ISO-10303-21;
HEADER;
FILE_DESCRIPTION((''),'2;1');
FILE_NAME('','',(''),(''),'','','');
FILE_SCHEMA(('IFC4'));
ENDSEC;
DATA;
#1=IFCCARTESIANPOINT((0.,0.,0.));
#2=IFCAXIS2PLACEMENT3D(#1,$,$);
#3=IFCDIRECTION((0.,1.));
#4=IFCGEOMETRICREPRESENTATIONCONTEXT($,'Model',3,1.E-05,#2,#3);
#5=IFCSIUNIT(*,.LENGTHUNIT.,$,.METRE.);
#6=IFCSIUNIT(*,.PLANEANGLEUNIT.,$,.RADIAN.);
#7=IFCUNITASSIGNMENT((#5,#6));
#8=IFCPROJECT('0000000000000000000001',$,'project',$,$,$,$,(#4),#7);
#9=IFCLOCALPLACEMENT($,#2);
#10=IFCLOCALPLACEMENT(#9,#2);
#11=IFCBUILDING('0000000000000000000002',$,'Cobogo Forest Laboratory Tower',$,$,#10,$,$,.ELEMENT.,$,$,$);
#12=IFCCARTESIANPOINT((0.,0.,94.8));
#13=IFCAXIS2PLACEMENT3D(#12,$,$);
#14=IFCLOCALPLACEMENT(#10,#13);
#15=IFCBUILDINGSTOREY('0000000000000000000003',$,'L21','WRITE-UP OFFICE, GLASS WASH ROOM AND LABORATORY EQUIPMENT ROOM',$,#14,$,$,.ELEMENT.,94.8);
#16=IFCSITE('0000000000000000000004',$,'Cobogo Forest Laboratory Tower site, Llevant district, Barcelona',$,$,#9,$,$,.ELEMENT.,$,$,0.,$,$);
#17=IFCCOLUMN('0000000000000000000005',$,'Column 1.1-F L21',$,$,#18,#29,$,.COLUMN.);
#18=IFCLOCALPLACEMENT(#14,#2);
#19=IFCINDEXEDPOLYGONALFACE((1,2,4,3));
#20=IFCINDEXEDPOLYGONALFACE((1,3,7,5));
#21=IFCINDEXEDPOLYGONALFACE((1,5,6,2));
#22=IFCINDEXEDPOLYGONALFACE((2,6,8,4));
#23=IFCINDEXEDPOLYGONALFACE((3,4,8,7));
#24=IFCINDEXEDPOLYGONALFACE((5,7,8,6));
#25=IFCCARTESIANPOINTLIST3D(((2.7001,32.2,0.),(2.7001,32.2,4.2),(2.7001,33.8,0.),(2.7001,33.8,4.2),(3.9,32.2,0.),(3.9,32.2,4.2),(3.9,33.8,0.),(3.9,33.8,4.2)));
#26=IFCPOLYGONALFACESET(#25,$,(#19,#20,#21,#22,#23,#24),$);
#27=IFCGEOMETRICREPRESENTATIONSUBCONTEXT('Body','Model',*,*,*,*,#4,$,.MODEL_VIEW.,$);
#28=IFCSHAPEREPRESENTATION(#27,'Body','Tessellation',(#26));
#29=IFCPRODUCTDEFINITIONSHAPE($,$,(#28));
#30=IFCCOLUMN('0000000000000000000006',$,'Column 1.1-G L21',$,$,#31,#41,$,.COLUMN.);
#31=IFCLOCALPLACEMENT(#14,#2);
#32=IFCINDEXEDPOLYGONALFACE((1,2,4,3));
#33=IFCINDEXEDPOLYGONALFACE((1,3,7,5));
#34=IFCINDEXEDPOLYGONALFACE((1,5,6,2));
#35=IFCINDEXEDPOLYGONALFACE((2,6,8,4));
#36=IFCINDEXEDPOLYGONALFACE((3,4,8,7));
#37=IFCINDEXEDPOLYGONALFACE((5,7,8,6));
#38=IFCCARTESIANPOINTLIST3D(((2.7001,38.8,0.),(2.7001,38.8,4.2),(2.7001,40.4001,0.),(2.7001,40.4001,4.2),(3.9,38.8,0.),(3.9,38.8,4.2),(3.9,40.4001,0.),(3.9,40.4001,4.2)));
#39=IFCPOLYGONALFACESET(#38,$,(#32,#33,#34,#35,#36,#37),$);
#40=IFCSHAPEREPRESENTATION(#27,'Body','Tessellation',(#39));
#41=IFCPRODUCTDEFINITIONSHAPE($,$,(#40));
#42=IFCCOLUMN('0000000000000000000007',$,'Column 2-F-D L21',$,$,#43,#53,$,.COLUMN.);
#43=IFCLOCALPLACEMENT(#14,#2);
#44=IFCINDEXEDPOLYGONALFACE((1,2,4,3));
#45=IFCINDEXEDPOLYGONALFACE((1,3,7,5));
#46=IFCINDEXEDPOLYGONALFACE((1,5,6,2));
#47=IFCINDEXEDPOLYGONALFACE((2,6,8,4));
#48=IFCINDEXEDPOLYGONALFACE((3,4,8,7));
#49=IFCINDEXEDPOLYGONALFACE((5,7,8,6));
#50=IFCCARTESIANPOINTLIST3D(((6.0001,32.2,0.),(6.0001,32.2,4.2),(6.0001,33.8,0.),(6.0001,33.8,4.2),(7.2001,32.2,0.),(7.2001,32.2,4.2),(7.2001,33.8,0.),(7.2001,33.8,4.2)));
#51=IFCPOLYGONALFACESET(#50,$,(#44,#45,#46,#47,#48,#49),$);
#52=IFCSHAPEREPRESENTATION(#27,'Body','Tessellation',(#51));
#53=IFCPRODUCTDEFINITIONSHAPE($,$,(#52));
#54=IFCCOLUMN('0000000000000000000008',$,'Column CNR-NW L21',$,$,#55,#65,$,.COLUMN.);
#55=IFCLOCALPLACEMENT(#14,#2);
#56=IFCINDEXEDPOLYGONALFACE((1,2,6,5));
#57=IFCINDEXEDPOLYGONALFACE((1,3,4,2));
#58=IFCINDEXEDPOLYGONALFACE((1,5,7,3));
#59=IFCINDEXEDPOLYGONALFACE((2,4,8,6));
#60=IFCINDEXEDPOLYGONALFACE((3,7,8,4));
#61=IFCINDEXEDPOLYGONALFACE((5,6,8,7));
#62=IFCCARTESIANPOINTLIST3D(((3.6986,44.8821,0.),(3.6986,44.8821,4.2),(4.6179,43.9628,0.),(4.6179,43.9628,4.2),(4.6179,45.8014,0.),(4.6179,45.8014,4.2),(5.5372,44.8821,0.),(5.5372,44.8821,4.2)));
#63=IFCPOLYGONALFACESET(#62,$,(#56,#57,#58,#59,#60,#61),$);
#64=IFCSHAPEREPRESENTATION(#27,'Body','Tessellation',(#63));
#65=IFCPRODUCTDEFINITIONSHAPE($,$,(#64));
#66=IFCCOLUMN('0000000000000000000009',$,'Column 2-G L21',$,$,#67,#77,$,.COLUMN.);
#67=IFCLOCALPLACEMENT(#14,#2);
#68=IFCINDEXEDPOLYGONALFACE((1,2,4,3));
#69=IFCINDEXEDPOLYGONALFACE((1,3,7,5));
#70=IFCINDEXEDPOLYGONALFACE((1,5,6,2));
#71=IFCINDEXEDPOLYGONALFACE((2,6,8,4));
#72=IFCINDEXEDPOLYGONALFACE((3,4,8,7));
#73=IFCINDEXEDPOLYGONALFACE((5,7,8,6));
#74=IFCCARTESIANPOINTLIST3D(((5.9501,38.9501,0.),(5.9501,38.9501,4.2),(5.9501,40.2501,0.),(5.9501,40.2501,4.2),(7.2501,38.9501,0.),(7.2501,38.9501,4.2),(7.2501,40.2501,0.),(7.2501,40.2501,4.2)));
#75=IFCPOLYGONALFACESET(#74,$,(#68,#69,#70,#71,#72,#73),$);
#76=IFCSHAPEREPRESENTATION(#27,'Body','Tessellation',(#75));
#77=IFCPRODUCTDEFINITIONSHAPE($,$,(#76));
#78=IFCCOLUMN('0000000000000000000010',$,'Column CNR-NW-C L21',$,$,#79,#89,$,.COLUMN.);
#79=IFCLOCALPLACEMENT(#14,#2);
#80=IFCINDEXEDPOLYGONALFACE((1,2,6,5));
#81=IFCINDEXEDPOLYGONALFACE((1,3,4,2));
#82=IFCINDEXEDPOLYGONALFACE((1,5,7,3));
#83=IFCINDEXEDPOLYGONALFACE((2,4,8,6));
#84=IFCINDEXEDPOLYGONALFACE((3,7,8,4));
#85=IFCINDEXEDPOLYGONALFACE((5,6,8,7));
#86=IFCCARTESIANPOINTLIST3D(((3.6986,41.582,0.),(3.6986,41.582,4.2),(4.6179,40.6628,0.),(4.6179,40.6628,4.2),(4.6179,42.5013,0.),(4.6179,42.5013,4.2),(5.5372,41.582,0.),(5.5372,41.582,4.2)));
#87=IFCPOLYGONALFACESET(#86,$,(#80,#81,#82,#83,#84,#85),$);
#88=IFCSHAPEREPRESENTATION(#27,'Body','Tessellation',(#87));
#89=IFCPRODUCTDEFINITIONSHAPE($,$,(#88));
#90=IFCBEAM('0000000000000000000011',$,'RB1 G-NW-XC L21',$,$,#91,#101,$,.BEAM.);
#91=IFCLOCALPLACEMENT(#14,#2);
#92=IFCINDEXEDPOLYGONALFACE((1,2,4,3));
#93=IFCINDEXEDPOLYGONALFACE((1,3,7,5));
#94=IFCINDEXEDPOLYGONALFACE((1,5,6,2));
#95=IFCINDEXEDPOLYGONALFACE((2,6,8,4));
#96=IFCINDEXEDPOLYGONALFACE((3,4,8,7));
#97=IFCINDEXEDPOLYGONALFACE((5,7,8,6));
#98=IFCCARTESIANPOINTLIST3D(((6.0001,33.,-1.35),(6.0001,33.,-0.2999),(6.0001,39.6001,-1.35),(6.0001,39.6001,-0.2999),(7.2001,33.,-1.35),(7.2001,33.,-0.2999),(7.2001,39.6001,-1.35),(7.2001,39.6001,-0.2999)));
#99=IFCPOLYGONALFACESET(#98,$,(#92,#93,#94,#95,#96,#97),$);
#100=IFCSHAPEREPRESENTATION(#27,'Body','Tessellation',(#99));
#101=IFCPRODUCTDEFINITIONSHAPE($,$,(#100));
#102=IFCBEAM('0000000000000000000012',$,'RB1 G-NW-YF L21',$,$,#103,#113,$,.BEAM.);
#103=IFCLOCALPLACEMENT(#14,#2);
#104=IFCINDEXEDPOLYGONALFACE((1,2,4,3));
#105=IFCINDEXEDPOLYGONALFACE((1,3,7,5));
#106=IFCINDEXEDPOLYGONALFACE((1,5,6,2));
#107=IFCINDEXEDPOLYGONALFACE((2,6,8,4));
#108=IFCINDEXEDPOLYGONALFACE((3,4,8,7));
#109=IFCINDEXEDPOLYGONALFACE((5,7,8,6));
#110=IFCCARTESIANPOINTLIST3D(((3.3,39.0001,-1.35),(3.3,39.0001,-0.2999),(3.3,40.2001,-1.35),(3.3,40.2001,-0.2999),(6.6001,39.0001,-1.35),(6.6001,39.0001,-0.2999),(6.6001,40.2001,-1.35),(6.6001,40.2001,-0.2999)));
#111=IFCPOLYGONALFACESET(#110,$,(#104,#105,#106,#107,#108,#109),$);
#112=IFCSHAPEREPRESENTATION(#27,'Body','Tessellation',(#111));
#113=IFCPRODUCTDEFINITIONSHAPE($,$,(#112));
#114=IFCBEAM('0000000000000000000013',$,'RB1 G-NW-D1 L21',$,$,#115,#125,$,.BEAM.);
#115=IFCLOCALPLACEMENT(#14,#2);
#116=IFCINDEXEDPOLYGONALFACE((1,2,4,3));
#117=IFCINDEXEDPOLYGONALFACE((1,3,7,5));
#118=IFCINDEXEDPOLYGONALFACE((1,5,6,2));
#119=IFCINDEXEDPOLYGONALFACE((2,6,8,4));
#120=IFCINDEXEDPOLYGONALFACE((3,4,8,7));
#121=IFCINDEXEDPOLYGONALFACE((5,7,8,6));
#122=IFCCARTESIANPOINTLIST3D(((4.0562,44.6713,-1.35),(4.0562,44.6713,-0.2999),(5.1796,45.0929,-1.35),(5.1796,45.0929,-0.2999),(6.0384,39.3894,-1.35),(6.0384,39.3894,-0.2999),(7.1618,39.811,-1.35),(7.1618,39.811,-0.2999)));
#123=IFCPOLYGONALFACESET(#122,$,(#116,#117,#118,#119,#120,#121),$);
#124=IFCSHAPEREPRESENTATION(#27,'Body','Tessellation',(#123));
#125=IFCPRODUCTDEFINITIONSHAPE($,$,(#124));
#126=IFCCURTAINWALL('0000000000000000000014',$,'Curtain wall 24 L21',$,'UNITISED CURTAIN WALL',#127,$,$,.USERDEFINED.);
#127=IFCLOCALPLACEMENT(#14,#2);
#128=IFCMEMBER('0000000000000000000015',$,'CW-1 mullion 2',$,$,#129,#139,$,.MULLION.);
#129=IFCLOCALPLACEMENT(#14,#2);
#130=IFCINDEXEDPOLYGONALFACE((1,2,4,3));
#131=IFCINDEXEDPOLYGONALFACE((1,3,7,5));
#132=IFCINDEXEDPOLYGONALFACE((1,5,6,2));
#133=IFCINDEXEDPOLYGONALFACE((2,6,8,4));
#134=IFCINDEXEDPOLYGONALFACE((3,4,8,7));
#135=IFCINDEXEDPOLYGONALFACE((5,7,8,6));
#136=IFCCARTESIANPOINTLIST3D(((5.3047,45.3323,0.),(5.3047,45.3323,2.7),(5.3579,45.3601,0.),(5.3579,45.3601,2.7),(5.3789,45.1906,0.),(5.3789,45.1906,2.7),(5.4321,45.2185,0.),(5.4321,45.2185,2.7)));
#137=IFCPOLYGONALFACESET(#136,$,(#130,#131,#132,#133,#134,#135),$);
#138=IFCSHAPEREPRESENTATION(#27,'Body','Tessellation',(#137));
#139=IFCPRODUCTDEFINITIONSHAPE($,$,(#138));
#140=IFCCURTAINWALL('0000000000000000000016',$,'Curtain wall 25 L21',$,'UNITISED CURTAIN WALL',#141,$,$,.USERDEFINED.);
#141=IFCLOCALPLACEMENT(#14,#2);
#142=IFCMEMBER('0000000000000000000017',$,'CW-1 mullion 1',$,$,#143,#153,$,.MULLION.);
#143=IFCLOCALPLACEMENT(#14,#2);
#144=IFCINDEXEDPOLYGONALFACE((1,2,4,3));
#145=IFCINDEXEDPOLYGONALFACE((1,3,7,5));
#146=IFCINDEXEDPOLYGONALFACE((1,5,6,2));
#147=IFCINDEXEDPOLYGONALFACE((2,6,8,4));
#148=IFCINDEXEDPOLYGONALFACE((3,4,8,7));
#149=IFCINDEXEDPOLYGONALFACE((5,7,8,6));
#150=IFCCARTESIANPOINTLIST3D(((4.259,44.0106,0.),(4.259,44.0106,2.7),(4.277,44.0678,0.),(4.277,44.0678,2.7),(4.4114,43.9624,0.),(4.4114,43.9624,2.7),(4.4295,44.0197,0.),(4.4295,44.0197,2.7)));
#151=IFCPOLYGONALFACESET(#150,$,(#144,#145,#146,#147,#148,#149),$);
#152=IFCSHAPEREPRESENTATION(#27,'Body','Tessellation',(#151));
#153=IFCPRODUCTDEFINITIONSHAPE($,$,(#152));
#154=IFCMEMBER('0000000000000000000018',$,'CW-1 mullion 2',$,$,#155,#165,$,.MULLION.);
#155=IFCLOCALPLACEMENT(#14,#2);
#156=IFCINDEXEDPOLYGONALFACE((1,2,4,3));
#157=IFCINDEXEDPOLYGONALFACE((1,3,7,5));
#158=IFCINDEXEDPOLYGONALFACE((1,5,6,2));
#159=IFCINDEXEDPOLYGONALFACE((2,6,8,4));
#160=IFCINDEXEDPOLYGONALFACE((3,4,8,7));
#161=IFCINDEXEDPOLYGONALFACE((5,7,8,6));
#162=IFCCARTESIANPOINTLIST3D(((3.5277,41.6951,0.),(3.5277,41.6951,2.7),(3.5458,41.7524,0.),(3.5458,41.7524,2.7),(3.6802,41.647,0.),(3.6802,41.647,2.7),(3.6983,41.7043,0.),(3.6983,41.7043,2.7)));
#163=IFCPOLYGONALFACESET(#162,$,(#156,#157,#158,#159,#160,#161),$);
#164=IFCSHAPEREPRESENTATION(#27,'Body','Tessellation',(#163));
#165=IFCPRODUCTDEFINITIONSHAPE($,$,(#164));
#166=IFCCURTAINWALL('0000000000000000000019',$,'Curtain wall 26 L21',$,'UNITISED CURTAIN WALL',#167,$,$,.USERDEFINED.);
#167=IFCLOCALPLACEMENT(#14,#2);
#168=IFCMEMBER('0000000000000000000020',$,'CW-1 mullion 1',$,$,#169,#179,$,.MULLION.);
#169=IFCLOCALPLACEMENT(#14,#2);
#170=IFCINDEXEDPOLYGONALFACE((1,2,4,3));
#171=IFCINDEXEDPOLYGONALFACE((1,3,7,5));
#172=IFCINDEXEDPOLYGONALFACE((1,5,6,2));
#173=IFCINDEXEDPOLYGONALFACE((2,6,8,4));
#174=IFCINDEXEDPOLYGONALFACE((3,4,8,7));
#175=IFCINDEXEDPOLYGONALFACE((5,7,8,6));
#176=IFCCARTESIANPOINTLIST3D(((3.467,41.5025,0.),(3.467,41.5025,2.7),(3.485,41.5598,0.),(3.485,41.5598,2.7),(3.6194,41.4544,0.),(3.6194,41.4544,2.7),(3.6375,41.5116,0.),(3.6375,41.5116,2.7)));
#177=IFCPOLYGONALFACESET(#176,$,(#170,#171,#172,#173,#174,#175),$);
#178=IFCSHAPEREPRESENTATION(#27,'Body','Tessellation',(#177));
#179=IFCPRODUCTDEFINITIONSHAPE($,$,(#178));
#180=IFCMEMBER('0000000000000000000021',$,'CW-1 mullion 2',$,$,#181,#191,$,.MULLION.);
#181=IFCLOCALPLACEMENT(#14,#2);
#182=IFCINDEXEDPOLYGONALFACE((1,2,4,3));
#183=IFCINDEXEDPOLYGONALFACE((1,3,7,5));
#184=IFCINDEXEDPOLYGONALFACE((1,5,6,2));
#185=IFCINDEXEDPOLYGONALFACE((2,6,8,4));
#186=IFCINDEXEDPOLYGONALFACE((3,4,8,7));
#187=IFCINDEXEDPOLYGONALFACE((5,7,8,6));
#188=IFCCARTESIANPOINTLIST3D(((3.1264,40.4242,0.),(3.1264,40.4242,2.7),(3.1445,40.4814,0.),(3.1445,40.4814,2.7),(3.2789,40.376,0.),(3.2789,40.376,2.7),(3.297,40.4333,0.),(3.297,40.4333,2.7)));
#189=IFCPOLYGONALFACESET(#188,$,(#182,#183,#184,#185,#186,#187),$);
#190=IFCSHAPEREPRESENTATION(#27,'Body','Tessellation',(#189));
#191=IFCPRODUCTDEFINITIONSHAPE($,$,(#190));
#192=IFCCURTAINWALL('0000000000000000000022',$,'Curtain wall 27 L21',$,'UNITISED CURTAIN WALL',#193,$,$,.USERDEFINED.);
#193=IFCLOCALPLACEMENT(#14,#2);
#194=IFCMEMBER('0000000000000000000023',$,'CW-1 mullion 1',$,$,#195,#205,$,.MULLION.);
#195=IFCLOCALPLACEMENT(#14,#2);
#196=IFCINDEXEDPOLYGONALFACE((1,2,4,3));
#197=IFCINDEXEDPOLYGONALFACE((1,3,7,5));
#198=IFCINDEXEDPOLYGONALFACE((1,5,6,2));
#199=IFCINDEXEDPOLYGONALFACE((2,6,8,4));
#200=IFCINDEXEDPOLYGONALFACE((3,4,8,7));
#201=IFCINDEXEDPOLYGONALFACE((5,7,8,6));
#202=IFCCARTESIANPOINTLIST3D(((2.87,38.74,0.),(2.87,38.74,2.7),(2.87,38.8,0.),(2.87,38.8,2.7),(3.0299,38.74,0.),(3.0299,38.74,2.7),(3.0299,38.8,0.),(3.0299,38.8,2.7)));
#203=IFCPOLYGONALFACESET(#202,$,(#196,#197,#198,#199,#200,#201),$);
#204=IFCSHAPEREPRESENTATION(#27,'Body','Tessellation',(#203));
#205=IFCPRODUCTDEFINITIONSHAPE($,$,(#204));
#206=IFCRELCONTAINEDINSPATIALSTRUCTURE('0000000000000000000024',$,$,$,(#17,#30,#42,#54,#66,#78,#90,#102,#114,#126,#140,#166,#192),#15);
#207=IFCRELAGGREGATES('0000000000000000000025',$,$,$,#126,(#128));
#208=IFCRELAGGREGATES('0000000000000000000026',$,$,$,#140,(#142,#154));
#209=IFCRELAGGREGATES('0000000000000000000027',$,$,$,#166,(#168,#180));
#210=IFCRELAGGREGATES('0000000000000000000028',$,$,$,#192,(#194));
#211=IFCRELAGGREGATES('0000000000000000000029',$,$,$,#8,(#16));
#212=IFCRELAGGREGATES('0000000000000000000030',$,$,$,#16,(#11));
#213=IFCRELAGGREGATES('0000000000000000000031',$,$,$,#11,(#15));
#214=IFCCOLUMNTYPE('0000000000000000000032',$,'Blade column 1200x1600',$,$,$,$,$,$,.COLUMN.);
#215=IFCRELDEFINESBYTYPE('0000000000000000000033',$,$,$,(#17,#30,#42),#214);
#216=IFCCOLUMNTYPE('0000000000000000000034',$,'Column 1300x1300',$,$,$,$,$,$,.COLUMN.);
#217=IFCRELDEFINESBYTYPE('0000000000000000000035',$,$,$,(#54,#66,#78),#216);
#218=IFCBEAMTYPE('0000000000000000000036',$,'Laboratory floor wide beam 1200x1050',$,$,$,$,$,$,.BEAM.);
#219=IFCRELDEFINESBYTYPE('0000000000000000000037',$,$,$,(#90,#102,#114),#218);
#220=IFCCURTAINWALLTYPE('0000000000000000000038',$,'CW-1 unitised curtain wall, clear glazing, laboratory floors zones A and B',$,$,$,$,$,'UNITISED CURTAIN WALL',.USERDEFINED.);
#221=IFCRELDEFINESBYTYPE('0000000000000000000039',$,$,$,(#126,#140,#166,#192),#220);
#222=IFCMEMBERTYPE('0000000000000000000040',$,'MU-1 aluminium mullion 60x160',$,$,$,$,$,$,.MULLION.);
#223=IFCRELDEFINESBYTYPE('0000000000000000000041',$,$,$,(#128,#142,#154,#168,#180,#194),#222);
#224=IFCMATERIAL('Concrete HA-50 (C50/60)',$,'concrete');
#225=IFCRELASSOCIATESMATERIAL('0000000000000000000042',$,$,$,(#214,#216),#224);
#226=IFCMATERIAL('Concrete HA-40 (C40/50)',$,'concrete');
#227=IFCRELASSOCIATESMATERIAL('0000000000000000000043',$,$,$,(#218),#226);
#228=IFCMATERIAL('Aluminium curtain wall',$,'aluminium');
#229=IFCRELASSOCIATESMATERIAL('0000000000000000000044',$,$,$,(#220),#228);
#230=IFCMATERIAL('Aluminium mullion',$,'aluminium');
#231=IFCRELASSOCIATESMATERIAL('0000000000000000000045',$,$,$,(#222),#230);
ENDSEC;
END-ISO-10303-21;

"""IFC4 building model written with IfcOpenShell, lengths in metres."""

from ifc_helpers import new_model, si_unit, direction, frame, origin, origin_2d, place, context, subcontext, project, spatial, rectangle, extrude, material, material_profile, profile_set, type_object, element, aggregate, save


model = new_model("IFC4")

# Units and contexts
model_context = context("Model", 3, precision=1e-05, world=origin(), true_north=direction((0.0, 1.0)))
body_context = subcontext(model_context, "Body", "Model", "MODEL_VIEW")
ifc_project = project(units=[si_unit("LENGTHUNIT", "METRE"), si_unit("PLANEANGLEUNIT", "RADIAN")], contexts=[model_context])

# Site, building, storey
site_placement = place(None, origin())
site = spatial("IfcSite", under=ifc_project, at=site_placement, Name="Cobogo Forest Laboratory Tower site, Llevant district, Barcelona", CompositionType="ELEMENT", RefElevation=0.0)
building_placement = place(site_placement, origin())
building = spatial("IfcBuilding", under=site, at=building_placement, Name="Cobogo Forest Laboratory Tower", CompositionType="ELEMENT")
storey_placement = place(building_placement, frame((0.0, 0.0, 94.8)))
storey = spatial("IfcBuildingStorey", under=building, at=storey_placement, Name="L21", Description="WRITE-UP OFFICE, GLASS WASH ROOM AND LABORATORY EQUIPMENT ROOM", CompositionType="ELEMENT", Elevation=94.8)

# Columns
ifc_material_1 = material(Name="Concrete HA-50 (C50/60)", Category="concrete")
ifc_material_profile_1 = material_profile(ifc_material_1, rectangle(XDim=1.6001, YDim=1.2, at=origin_2d()), Name="RC 1200x1600")
ifc_profile_set_1 = profile_set([ifc_material_profile_1], Name="Concrete HA-50 (C50/60)")
column_type_1 = type_object("IfcColumnType", Name="Blade column 1200x1600", PredefinedType="COLUMN", material=ifc_profile_set_1)
for number, where, z_axis, x_axis, name in (
    (1, (3.3, 33.0, 0.0), (0.0, 0.0, 1.0), (0.0, 1.0, 0.0), "Column 1.1-F L21"),
    (2, (3.3, 39.6001, 0.0), (0.0, 0.0, 1.0), (0.0, 1.0, 0.0), "Column 1.1-G L21"),
    (3, (6.6001, 33.0, 0.0), (0.0, 0.0, 1.0), (0.0, 1.0, 0.0), "Column 2-F-D L21"),
):
    element("IfcColumn", number, at=place(storey_placement, frame(where, z_axis=z_axis, x_axis=x_axis)), inside=storey, type_object=column_type_1, Name=name, PredefinedType="COLUMN", context=body_context, shape_type="SweptSolid", body=[
        extrude(rectangle(XDim=1.6001, YDim=1.2, at=origin_2d()), origin(), (0.0, 0.0, 1.0), 4.2),
    ])
ifc_material_profile_2 = material_profile(ifc_material_1, rectangle(XDim=1.3, YDim=1.3, at=origin_2d()), Name="RC 1300x1300")
ifc_profile_set_2 = profile_set([ifc_material_profile_2], Name="Concrete HA-50 (C50/60)")
column_type_2 = type_object("IfcColumnType", Name="Column 1300x1300", PredefinedType="COLUMN", material=ifc_profile_set_2)
for number, where, z_axis, x_axis, name in (
    (4, (4.6179, 44.8821, 0.0), (0.0, 0.0, 1.0), (0.707107, 0.707107, 0.0), "Column CNR-NW L21"),
    (5, (6.6001, 39.6001, 0.0), (0.0, 0.0, 1.0), (1.0, 0.0, 0.0), "Column 2-G L21"),
    (6, (4.6179, 41.582, 0.0), (0.0, 0.0, 1.0), (0.707107, 0.707107, 0.0), "Column CNR-NW-C L21"),
):
    element("IfcColumn", number, at=place(storey_placement, frame(where, z_axis=z_axis, x_axis=x_axis)), inside=storey, type_object=column_type_2, Name=name, PredefinedType="COLUMN", context=body_context, shape_type="SweptSolid", body=[
        extrude(rectangle(XDim=1.3, YDim=1.3, at=origin_2d()), origin(), (0.0, 0.0, 1.0), 4.2),
    ])

# Beams
ifc_material_2 = material(Name="Concrete HA-40 (C40/50)", Category="concrete")
ifc_material_profile_3 = material_profile(ifc_material_2, rectangle(XDim=1.2, YDim=1.05, at=origin_2d()), Name="RC 1200x1050")
ifc_profile_set_3 = profile_set([ifc_material_profile_3], Name="Concrete HA-40 (C40/50)")
beam_type_1 = type_object("IfcBeamType", Name="Laboratory floor wide beam 1200x1050", PredefinedType="BEAM", material=ifc_profile_set_3)
beam_1_placement = place(storey_placement, frame((6.6001, 39.6001, -0.825), z_axis=(0.0, -1.0, 0.0), x_axis=(1.0, 0.0, 0.0)))
element("IfcBeam", 7, at=beam_1_placement, inside=storey, type_object=beam_type_1, Name="RB1 G-NW-XC L21", PredefinedType="BEAM", context=body_context, shape_type="SweptSolid", body=[
    extrude(rectangle(XDim=1.2, YDim=1.05, at=origin_2d()), origin(), (0.0, 0.0, 1.0), 6.6001),
])
beam_2_placement = place(storey_placement, frame((3.3, 39.6001, -0.825), z_axis=(1.0, 0.0, 0.0), x_axis=(0.0, 1.0, 0.0)))
element("IfcBeam", 8, at=beam_2_placement, inside=storey, type_object=beam_type_1, Name="RB1 G-NW-YF L21", PredefinedType="BEAM", context=body_context, shape_type="SweptSolid", body=[
    extrude(rectangle(XDim=1.2, YDim=1.05, at=origin_2d()), origin(), (0.0, 0.0, 1.0), 3.3),
])
beam_3_placement = place(storey_placement, frame((4.6179, 44.8821, -0.825), z_axis=(0.351346, -0.936246, 0.0), x_axis=(0.936246, 0.351346, 0.0)))
element("IfcBeam", 9, at=beam_3_placement, inside=storey, type_object=beam_type_1, Name="RB1 G-NW-D1 L21", PredefinedType="BEAM", context=body_context, shape_type="SweptSolid", body=[
    extrude(rectangle(XDim=1.2, YDim=1.05, at=origin_2d()), origin(), (0.0, 0.0, 1.0), 5.6416),
])

# Curtain wall, member
ifc_material_3 = material(Name="Aluminium curtain wall", Category="aluminium")
curtain_wall_type = type_object("IfcCurtainWallType", Name="CW-1 unitised curtain wall, clear glazing, laboratory floors zones A and B", ElementType="UNITISED CURTAIN WALL", PredefinedType="USERDEFINED", material=ifc_material_3)
curtain_wall_1_placement = place(storey_placement, origin())
curtain_wall_1 = element("IfcCurtainWall", 10, at=curtain_wall_1_placement, inside=storey, type_object=curtain_wall_type, Name="Curtain wall 24 L21", ObjectType="UNITISED CURTAIN WALL", PredefinedType="USERDEFINED")
ifc_material_4 = material(Name="Aluminium mullion", Category="aluminium")
ifc_material_profile_4 = material_profile(ifc_material_4, rectangle(XDim=0.0601, YDim=0.1599, at=origin_2d()), Name="AL 60x160")
ifc_profile_set_4 = profile_set([ifc_material_profile_4], Name="Aluminium mullion")
member_type_1 = type_object("IfcMemberType", Name="MU-1 aluminium mullion 60x160", PredefinedType="MULLION", material=ifc_profile_set_4)
member_1_placement = place(storey_placement, frame((5.3684, 45.2754, 0.0), z_axis=(0.0, 0.0, 1.0), x_axis=(-0.885687, -0.464284, 0.0)))
member_1 = element("IfcMember", 11, at=member_1_placement, type_object=member_type_1, Name="CW-1 mullion 2", PredefinedType="MULLION", context=body_context, shape_type="SweptSolid", body=[
    extrude(rectangle(XDim=0.0601, YDim=0.1599, at=origin_2d()), origin(), (0.0, 0.0, 1.0), 2.7),
])

# Curtain walls, members
curtain_wall_2_placement = place(storey_placement, origin())
curtain_wall_2 = element("IfcCurtainWall", 12, at=curtain_wall_2_placement, inside=storey, type_object=curtain_wall_type, Name="Curtain wall 25 L21", ObjectType="UNITISED CURTAIN WALL", PredefinedType="USERDEFINED")
member_2_placement = place(storey_placement, frame((4.3442, 44.0151, 0.0), z_axis=(0.0, 0.0, 1.0), x_axis=(-0.301135, -0.953581, 0.0)))
member_2 = element("IfcMember", 13, at=member_2_placement, type_object=member_type_1, Name="CW-1 mullion 1", PredefinedType="MULLION", context=body_context, shape_type="SweptSolid", body=[
    extrude(rectangle(XDim=0.0601, YDim=0.1599, at=origin_2d()), origin(), (0.0, 0.0, 1.0), 2.7),
])
member_3_placement = place(storey_placement, frame((3.613, 41.6997, 0.0), z_axis=(0.0, 0.0, 1.0), x_axis=(-0.301135, -0.953581, 0.0)))
member_3 = element("IfcMember", 14, at=member_3_placement, type_object=member_type_1, Name="CW-1 mullion 2", PredefinedType="MULLION", context=body_context, shape_type="SweptSolid", body=[
    extrude(rectangle(XDim=0.0601, YDim=0.1599, at=origin_2d()), origin(), (0.0, 0.0, 1.0), 2.7),
])
curtain_wall_3_placement = place(storey_placement, origin())
curtain_wall_3 = element("IfcCurtainWall", 15, at=curtain_wall_3_placement, inside=storey, type_object=curtain_wall_type, Name="Curtain wall 26 L21", ObjectType="UNITISED CURTAIN WALL", PredefinedType="USERDEFINED")
member_4_placement = place(storey_placement, frame((3.5522, 41.5071, 0.0), z_axis=(0.0, 0.0, 1.0), x_axis=(-0.301136, -0.953581, 0.0)))
member_4 = element("IfcMember", 16, at=member_4_placement, type_object=member_type_1, Name="CW-1 mullion 1", PredefinedType="MULLION", context=body_context, shape_type="SweptSolid", body=[
    extrude(rectangle(XDim=0.0601, YDim=0.1599, at=origin_2d()), origin(), (0.0, 0.0, 1.0), 2.7),
])
member_5_placement = place(storey_placement, frame((3.2117, 40.4287, 0.0), z_axis=(0.0, 0.0, 1.0), x_axis=(-0.301136, -0.953581, 0.0)))
member_5 = element("IfcMember", 17, at=member_5_placement, type_object=member_type_1, Name="CW-1 mullion 2", PredefinedType="MULLION", context=body_context, shape_type="SweptSolid", body=[
    extrude(rectangle(XDim=0.0601, YDim=0.1599, at=origin_2d()), origin(), (0.0, 0.0, 1.0), 2.7),
])
curtain_wall_4_placement = place(storey_placement, origin())
curtain_wall_4 = element("IfcCurtainWall", 18, at=curtain_wall_4_placement, inside=storey, type_object=curtain_wall_type, Name="Curtain wall 27 L21", ObjectType="UNITISED CURTAIN WALL", PredefinedType="USERDEFINED")
member_6_placement = place(storey_placement, frame((2.95, 38.77, 0.0), z_axis=(0.0, 0.0, 1.0), x_axis=(0.0, -1.0, 0.0)))
member_6 = element("IfcMember", 19, at=member_6_placement, type_object=member_type_1, Name="CW-1 mullion 1", PredefinedType="MULLION", context=body_context, shape_type="SweptSolid", body=[
    extrude(rectangle(XDim=0.0601, YDim=0.1599, at=origin_2d()), origin(), (0.0, 0.0, 1.0), 2.7),
])

aggregate(curtain_wall_1, [member_1])
aggregate(curtain_wall_2, [member_2, member_3])
aggregate(curtain_wall_3, [member_4, member_5])
aggregate(curtain_wall_4, [member_6])

save(model, "model.ifc")
